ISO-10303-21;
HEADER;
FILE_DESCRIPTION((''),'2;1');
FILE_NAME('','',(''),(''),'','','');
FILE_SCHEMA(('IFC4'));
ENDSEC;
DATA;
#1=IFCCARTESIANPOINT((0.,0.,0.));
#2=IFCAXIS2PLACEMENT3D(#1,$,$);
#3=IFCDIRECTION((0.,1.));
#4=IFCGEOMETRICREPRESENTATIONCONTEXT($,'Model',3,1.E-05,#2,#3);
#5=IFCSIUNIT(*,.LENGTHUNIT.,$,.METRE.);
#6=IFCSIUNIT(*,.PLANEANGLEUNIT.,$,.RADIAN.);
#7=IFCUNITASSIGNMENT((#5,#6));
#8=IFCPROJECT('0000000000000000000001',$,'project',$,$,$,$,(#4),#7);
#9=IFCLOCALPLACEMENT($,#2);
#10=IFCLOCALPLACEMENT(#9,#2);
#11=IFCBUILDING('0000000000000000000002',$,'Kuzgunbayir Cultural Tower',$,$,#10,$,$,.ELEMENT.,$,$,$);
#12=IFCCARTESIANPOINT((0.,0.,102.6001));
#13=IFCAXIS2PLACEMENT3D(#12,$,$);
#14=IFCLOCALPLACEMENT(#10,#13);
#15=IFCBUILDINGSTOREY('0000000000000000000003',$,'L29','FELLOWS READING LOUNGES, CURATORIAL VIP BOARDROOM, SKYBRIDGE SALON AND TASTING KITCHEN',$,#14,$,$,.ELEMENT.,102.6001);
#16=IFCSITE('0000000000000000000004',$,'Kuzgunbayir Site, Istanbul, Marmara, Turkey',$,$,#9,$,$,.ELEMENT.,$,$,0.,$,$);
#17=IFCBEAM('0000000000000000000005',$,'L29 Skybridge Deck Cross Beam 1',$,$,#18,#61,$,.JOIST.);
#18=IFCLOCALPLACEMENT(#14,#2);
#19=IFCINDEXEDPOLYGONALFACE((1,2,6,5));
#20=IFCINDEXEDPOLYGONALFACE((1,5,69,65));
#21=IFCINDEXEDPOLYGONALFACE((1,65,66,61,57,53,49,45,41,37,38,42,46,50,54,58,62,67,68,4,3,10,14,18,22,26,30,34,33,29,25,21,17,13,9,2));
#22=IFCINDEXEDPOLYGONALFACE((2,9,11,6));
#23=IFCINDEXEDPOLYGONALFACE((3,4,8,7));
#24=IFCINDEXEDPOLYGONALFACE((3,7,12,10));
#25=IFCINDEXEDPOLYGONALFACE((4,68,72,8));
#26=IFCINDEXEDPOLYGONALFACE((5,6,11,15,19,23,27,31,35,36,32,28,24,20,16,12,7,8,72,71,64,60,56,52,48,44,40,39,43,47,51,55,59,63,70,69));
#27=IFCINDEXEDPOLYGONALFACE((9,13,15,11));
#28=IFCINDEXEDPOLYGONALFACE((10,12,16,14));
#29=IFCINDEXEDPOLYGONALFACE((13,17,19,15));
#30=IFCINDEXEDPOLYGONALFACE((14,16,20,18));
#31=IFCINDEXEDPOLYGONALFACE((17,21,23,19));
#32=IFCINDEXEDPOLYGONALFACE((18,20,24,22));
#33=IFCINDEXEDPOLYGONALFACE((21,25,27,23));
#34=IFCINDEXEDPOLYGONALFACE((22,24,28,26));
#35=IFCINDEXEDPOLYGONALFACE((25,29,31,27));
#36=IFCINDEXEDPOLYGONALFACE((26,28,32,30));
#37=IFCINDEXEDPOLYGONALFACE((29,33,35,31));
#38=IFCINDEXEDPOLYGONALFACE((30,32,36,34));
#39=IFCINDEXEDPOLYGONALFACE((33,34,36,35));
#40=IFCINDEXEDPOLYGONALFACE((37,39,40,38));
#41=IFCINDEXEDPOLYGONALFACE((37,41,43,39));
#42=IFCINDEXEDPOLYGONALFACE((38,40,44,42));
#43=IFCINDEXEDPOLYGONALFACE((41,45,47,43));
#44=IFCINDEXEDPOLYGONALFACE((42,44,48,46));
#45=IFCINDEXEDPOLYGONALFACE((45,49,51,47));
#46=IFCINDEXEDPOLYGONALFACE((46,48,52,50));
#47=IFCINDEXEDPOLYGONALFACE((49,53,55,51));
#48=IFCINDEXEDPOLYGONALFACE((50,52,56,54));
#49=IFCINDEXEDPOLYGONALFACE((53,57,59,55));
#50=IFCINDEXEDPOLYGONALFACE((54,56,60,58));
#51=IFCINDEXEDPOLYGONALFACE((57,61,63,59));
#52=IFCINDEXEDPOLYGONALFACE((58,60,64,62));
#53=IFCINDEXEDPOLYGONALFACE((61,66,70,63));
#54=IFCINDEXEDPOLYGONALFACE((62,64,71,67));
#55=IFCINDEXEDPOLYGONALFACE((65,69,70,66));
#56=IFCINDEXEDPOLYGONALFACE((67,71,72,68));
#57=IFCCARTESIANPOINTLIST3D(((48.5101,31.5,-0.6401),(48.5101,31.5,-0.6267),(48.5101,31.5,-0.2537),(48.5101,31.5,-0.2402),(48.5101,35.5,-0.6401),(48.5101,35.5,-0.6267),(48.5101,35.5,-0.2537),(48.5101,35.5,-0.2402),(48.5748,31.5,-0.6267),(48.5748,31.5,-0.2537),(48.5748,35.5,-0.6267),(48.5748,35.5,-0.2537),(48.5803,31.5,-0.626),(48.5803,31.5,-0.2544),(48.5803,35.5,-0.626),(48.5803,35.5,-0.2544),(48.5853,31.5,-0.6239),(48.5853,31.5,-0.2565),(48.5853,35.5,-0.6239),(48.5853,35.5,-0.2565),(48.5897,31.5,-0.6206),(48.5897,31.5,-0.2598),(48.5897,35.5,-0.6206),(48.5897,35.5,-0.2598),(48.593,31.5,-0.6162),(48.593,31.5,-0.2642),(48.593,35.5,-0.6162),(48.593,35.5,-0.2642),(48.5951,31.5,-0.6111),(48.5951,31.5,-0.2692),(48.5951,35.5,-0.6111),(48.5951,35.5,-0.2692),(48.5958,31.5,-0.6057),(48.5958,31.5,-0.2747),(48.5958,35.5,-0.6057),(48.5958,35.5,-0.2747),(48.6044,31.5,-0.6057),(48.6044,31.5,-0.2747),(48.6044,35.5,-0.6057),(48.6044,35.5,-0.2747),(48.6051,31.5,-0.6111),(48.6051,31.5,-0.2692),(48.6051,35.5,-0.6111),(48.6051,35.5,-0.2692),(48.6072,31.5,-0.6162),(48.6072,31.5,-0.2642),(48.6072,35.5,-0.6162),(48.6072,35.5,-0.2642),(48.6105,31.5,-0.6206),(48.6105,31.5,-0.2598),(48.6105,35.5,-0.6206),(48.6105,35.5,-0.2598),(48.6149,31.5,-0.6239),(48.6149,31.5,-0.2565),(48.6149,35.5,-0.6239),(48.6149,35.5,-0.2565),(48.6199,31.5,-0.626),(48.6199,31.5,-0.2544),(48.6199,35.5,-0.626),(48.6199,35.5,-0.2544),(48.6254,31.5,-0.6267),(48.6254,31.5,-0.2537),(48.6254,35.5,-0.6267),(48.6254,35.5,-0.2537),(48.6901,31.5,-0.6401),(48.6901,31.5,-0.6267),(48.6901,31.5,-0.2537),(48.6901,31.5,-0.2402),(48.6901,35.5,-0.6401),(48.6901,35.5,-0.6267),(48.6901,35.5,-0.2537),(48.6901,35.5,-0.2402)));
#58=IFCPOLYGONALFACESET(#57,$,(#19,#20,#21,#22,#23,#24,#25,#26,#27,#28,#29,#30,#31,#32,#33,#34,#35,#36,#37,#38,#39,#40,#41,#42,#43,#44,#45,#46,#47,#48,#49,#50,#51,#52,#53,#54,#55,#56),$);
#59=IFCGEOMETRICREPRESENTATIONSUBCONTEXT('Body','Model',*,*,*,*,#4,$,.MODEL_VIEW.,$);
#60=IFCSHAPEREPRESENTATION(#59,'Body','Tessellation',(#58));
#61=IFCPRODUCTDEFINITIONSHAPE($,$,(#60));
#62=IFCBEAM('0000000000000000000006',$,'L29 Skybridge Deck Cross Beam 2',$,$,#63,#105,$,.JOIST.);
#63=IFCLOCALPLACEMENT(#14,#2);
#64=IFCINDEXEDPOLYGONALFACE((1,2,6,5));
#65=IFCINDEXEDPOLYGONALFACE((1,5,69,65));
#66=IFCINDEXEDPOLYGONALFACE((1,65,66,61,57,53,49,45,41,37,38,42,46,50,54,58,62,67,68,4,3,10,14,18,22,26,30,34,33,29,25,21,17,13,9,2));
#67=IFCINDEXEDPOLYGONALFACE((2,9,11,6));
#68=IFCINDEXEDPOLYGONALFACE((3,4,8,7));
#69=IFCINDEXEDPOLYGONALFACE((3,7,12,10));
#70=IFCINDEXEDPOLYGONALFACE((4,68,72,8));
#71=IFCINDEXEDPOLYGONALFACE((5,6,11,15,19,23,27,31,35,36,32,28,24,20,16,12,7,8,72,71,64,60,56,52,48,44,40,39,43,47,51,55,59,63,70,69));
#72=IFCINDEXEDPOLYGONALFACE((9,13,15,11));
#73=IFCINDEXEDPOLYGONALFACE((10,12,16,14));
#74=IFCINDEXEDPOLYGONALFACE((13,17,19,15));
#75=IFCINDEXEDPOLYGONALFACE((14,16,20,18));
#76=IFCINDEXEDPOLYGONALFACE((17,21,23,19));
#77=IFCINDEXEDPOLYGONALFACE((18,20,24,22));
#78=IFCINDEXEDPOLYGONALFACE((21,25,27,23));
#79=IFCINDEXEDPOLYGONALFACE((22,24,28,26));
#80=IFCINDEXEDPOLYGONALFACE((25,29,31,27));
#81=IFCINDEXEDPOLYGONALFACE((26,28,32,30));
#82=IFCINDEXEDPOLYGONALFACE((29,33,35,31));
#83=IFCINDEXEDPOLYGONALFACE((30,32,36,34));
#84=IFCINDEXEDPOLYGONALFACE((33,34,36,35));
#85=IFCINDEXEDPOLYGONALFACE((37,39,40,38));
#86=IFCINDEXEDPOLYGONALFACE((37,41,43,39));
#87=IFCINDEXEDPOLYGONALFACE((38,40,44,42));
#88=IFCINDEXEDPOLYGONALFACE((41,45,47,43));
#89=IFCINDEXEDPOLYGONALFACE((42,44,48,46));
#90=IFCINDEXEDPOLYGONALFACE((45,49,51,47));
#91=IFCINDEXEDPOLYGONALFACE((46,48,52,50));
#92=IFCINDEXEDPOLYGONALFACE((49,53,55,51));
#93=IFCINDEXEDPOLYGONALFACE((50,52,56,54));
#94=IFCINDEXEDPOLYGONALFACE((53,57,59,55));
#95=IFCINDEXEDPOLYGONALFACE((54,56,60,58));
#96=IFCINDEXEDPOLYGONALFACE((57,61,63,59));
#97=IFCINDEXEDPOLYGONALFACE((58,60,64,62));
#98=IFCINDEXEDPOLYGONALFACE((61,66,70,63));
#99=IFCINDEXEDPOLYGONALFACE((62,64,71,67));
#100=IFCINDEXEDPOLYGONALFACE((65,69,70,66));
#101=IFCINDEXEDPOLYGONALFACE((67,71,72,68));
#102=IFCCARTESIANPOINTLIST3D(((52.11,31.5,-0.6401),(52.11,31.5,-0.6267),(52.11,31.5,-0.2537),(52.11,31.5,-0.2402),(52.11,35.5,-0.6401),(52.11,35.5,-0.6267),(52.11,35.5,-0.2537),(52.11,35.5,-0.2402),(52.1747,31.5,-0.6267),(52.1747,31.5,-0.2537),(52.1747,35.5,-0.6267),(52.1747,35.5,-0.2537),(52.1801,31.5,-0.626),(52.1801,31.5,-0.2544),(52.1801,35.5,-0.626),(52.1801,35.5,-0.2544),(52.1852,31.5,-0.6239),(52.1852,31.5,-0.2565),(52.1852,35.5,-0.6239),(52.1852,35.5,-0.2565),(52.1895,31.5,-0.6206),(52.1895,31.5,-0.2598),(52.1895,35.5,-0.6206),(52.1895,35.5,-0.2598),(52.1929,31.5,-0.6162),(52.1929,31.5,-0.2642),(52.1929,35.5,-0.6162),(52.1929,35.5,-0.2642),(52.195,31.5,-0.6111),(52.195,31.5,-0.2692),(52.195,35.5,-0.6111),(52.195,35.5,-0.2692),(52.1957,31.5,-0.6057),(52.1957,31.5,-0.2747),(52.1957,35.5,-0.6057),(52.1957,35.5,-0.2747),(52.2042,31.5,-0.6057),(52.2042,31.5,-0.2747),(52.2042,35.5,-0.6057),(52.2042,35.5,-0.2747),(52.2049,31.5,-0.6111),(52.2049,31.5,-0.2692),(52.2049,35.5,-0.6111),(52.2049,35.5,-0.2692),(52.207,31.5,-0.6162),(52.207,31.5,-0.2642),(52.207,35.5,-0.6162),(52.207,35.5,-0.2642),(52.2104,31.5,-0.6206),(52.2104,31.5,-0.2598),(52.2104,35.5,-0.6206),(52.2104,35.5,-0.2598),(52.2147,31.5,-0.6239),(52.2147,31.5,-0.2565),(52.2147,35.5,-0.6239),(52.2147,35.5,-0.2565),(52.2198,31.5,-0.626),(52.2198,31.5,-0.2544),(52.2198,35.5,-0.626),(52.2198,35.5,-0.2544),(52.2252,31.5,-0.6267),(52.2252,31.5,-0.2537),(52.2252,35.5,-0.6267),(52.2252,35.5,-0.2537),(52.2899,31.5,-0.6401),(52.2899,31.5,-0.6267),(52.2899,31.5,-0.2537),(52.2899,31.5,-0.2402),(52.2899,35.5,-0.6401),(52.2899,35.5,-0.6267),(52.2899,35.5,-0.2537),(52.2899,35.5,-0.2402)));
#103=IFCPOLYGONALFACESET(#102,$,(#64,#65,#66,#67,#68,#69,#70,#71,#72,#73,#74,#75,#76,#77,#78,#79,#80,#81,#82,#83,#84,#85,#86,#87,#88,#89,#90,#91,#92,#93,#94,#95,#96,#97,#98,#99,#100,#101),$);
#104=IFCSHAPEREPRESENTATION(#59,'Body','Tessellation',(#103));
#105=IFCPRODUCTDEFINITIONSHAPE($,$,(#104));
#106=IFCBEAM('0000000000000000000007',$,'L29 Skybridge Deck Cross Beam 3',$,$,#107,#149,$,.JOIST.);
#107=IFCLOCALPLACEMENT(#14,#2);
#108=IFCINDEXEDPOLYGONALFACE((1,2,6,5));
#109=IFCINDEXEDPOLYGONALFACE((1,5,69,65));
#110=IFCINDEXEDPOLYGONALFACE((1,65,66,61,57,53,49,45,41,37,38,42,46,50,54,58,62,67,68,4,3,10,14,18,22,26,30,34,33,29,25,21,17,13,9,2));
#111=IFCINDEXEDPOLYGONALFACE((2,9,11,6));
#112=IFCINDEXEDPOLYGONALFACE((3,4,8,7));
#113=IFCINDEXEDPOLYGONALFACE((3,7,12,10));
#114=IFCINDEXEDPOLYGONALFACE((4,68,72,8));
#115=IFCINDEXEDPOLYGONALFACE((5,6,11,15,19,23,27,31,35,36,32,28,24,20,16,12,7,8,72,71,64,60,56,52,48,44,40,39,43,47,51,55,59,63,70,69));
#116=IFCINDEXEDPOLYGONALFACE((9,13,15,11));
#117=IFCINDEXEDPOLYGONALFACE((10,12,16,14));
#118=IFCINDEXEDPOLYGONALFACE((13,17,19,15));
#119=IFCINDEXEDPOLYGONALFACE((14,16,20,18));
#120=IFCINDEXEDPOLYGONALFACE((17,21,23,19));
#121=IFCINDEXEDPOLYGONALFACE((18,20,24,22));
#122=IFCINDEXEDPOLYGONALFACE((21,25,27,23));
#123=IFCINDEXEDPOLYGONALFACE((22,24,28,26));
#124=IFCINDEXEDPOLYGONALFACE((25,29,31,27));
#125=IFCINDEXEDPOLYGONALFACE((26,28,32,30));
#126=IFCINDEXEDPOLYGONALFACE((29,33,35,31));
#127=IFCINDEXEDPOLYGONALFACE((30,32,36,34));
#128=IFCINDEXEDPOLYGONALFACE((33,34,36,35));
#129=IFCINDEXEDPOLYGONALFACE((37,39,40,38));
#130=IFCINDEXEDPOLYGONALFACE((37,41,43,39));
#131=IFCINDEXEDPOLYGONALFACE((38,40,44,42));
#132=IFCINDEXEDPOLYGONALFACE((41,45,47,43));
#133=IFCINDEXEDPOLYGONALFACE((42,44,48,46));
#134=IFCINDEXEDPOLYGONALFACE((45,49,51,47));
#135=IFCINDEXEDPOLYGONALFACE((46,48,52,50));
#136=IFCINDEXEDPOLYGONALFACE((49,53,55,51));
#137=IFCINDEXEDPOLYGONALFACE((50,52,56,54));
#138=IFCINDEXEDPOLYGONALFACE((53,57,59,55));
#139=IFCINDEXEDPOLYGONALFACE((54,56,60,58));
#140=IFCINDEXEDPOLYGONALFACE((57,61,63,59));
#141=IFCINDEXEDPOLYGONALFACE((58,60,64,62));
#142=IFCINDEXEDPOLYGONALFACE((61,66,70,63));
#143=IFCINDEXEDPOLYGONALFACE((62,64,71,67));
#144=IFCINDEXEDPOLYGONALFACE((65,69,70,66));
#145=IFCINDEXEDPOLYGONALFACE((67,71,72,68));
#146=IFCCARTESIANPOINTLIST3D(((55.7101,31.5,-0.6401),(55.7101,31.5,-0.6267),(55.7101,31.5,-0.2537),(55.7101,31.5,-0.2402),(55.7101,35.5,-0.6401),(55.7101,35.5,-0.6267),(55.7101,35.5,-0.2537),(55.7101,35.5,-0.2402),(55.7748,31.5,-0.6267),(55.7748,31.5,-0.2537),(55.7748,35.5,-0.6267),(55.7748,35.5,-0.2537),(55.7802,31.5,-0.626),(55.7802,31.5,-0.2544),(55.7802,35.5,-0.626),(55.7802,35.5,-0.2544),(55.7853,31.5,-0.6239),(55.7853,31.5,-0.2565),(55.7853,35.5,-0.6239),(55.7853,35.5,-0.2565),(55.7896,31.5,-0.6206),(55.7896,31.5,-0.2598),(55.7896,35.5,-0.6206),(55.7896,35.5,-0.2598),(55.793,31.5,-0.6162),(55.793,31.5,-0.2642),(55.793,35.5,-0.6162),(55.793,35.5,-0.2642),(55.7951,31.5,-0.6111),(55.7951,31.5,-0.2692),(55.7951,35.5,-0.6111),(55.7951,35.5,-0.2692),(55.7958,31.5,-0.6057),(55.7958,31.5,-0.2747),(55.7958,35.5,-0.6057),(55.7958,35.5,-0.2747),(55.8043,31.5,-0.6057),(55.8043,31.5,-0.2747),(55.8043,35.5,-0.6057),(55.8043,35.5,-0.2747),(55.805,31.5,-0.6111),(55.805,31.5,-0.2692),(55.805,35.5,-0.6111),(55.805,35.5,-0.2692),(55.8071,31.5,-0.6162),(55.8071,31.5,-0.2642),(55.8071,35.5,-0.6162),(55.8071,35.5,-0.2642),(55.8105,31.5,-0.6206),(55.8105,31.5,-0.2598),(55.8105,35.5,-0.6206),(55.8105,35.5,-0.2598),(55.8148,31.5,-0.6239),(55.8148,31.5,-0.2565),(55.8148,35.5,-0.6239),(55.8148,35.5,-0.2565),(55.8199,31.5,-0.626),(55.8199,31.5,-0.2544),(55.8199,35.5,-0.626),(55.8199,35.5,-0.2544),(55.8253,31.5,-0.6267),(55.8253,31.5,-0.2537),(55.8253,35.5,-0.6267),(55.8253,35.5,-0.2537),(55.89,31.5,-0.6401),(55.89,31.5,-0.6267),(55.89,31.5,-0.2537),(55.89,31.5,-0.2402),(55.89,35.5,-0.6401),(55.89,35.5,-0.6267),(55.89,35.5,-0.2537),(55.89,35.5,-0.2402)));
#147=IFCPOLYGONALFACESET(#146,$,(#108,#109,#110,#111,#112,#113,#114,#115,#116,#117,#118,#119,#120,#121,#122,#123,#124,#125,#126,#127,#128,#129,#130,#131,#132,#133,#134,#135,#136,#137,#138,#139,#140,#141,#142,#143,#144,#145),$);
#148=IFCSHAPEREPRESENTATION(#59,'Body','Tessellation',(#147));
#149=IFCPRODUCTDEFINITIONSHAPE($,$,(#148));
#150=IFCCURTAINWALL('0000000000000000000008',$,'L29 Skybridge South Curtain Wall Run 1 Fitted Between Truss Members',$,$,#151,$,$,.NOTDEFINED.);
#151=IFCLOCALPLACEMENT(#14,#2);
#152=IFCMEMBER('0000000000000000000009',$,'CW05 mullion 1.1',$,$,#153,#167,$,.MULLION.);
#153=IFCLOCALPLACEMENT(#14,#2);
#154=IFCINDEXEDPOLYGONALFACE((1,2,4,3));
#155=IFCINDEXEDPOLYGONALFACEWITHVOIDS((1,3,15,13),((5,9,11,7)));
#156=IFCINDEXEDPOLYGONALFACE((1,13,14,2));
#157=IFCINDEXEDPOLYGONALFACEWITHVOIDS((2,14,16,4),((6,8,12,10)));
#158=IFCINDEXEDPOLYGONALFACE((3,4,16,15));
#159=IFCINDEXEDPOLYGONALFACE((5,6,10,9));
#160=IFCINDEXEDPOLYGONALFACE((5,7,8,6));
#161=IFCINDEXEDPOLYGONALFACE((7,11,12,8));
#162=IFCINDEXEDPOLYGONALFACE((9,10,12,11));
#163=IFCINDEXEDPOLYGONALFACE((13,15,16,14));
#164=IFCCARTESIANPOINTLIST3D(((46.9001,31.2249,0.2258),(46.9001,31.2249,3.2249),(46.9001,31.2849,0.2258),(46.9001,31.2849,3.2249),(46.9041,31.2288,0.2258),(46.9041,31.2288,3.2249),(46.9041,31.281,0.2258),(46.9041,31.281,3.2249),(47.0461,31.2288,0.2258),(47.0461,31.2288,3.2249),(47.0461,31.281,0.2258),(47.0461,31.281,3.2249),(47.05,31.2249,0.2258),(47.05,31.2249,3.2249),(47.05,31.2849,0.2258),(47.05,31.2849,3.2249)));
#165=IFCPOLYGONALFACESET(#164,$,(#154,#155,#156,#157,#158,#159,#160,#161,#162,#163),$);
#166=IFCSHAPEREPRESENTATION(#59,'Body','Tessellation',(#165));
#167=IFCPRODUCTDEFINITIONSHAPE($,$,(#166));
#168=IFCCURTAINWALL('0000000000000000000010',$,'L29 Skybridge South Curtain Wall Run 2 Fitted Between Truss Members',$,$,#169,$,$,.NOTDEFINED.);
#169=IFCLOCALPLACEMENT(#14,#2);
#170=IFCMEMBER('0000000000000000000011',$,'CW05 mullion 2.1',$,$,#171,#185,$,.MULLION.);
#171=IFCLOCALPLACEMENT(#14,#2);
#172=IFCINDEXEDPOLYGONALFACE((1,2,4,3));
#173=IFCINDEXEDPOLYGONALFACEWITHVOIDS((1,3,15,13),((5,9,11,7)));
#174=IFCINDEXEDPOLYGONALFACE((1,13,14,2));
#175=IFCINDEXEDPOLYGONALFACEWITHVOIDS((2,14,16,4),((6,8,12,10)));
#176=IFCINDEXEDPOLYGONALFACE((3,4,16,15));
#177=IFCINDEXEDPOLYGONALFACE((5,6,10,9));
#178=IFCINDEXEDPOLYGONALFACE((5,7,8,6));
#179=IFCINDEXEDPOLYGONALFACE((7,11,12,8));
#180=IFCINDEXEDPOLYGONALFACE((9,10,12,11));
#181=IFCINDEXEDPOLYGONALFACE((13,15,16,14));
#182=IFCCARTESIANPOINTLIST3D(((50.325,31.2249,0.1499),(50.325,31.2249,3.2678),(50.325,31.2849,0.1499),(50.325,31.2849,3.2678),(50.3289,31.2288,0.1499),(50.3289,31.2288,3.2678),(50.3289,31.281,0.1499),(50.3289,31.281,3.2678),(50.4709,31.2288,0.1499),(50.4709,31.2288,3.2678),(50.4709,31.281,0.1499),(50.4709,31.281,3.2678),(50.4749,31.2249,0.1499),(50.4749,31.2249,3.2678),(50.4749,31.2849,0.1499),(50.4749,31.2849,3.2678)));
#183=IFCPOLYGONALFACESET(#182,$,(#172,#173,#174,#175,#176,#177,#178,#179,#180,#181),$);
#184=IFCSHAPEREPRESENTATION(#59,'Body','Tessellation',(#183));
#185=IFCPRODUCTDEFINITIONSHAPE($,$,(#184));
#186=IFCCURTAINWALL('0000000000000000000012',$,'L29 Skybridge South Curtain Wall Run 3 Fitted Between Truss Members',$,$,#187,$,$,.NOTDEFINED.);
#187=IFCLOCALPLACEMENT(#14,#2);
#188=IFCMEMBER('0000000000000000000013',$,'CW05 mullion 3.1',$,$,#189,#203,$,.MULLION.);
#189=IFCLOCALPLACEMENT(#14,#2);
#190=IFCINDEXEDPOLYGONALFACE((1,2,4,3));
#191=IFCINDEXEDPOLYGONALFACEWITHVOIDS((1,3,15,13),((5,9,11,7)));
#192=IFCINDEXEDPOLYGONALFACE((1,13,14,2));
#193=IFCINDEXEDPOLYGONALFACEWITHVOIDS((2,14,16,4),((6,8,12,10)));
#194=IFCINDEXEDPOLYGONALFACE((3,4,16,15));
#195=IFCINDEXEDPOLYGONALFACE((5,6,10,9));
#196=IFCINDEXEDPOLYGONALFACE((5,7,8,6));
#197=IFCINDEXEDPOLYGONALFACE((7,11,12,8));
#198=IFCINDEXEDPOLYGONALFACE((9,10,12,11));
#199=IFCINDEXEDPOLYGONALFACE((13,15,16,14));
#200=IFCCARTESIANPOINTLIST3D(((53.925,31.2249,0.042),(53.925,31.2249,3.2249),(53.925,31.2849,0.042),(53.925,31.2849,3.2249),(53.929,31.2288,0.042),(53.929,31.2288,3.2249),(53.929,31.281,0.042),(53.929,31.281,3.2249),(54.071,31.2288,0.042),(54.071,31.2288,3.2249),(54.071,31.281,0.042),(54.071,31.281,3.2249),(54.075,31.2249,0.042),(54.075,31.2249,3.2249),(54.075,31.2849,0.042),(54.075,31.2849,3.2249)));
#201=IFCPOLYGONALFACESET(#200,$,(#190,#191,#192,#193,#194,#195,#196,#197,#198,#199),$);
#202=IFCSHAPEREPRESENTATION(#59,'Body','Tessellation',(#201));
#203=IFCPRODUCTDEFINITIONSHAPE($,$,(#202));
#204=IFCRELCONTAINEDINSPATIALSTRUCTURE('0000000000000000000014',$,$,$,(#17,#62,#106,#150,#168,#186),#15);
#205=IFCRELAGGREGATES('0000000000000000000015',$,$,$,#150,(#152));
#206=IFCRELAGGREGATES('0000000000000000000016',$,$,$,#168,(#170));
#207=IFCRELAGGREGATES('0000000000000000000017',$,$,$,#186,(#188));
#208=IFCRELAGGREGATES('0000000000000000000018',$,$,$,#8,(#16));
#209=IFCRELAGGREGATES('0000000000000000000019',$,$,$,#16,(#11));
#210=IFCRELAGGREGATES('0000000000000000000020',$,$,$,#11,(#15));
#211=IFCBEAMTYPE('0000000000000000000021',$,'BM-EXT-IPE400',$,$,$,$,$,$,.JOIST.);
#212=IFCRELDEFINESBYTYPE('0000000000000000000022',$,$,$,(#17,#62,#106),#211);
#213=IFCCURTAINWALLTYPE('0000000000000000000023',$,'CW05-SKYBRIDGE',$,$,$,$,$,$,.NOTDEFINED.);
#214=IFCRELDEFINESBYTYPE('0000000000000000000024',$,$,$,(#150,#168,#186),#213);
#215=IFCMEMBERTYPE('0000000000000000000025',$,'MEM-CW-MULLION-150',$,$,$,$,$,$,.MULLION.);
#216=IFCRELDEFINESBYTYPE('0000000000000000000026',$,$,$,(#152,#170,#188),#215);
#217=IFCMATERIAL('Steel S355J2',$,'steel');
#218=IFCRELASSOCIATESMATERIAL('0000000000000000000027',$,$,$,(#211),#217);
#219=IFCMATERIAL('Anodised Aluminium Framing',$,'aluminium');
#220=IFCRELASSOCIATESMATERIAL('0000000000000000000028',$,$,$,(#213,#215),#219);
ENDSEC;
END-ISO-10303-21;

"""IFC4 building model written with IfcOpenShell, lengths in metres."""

from ifc_helpers import new_model, si_unit, direction, frame, origin, origin_2d, place, context, subcontext, project, spatial, hollow_rectangle, i_section, extrude, material, material_profile, profile_set, type_object, element, aggregate, save


model = new_model("IFC4")

# Units and contexts
model_context = context("Model", 3, precision=1e-05, world=origin(), true_north=direction((0.0, 1.0)))
body_context = subcontext(model_context, "Body", "Model", "MODEL_VIEW")
ifc_project = project(units=[si_unit("LENGTHUNIT", "METRE"), si_unit("PLANEANGLEUNIT", "RADIAN")], contexts=[model_context])

# Site, building, storey
site_placement = place(None, origin())
site = spatial("IfcSite", under=ifc_project, at=site_placement, Name="Kuzgunbayir Site, Istanbul, Marmara, Turkey", CompositionType="ELEMENT", RefElevation=0.0)
building_placement = place(site_placement, origin())
building = spatial("IfcBuilding", under=site, at=building_placement, Name="Kuzgunbayir Cultural Tower", CompositionType="ELEMENT")
storey_placement = place(building_placement, frame((0.0, 0.0, 102.6001)))
storey = spatial("IfcBuildingStorey", under=building, at=storey_placement, Name="L29", Description="FELLOWS READING LOUNGES, CURATORIAL VIP BOARDROOM, SKYBRIDGE SALON AND TASTING KITCHEN", CompositionType="ELEMENT", Elevation=102.6001)

# Beams
ifc_material_1 = material(Name="Steel S355J2", Category="steel")
ifc_material_profile_1 = material_profile(ifc_material_1, i_section(OverallWidth=0.1799, OverallDepth=0.3999, WebThickness=0.0085, FlangeThickness=0.0134, FilletRadius=0.021, at=origin_2d()), Name="IPE 400")
ifc_profile_set_1 = profile_set([ifc_material_profile_1], Name="Steel S355J2")
beam_type = type_object("IfcBeamType", Name="BM-EXT-IPE400", PredefinedType="JOIST", material=ifc_profile_set_1)
for number, where, z_axis, x_axis, name in (
    (1, (48.6001, 31.5, -0.4402), (0.0, 1.0, 0.0), (-1.0, 0.0, 0.0), "L29 Skybridge Deck Cross Beam 1"),
    (2, (52.2, 31.5, -0.4402), (0.0, 1.0, 0.0), (-1.0, 0.0, 0.0), "L29 Skybridge Deck Cross Beam 2"),
    (3, (55.8, 31.5, -0.4402), (0.0, 1.0, 0.0), (-1.0, 0.0, 0.0), "L29 Skybridge Deck Cross Beam 3"),
):
    element("IfcBeam", number, at=place(storey_placement, frame(where, z_axis=z_axis, x_axis=x_axis)), inside=storey, type_object=beam_type, Name=name, PredefinedType="JOIST", context=body_context, shape_type="SweptSolid", body=[
        extrude(i_section(OverallWidth=0.1799, OverallDepth=0.3999, WebThickness=0.0085, FlangeThickness=0.0134, FilletRadius=0.021, at=origin_2d()), origin(), (0.0, 0.0, 1.0), 4.0),
    ])

# Curtain walls, members
ifc_material_2 = material(Name="Anodised Aluminium Framing", Category="aluminium")
curtain_wall_type = type_object("IfcCurtainWallType", Name="CW05-SKYBRIDGE", PredefinedType="NOTDEFINED", material=ifc_material_2)
curtain_wall_1_placement = place(storey_placement, origin())
curtain_wall_1 = element("IfcCurtainWall", 4, at=curtain_wall_1_placement, inside=storey, type_object=curtain_wall_type, Name="L29 Skybridge South Curtain Wall Run 1 Fitted Between Truss Members", PredefinedType="NOTDEFINED")
ifc_material_profile_2 = material_profile(ifc_material_2, hollow_rectangle(XDim=0.0601, YDim=0.1499, WallThickness=0.0039, at=origin_2d()), Name="RHS 150x60x4")
ifc_profile_set_2 = profile_set([ifc_material_profile_2], Name="Anodised Aluminium Framing")
member_type_1 = type_object("IfcMemberType", Name="MEM-CW-MULLION-150", PredefinedType="MULLION", material=ifc_profile_set_2)
member_1_placement = place(storey_placement, frame((46.9751, 31.2549, 0.2258), z_axis=(0.0, 0.0, 1.0), x_axis=(0.0, 1.0, 0.0)))
member_1 = element("IfcMember", 5, at=member_1_placement, type_object=member_type_1, Name="CW05 mullion 1.1", PredefinedType="MULLION", context=body_context, shape_type="SweptSolid", body=[
    extrude(hollow_rectangle(XDim=0.0601, YDim=0.1499, WallThickness=0.0039, at=origin_2d()), origin(), (0.0, 0.0, 1.0), 2.999),
])
curtain_wall_2_placement = place(storey_placement, origin())
curtain_wall_2 = element("IfcCurtainWall", 6, at=curtain_wall_2_placement, inside=storey, type_object=curtain_wall_type, Name="L29 Skybridge South Curtain Wall Run 2 Fitted Between Truss Members", PredefinedType="NOTDEFINED")
member_2_placement = place(storey_placement, frame((50.3999, 31.2549, 0.1499), z_axis=(0.0, 0.0, 1.0), x_axis=(0.0, 1.0, 0.0)))
member_2 = element("IfcMember", 7, at=member_2_placement, type_object=member_type_1, Name="CW05 mullion 2.1", PredefinedType="MULLION", context=body_context, shape_type="SweptSolid", body=[
    extrude(hollow_rectangle(XDim=0.0601, YDim=0.1499, WallThickness=0.0039, at=origin_2d()), origin(), (0.0, 0.0, 1.0), 3.1179),
])
curtain_wall_3_placement = place(storey_placement, origin())
curtain_wall_3 = element("IfcCurtainWall", 8, at=curtain_wall_3_placement, inside=storey, type_object=curtain_wall_type, Name="L29 Skybridge South Curtain Wall Run 3 Fitted Between Truss Members", PredefinedType="NOTDEFINED")
member_3_placement = place(storey_placement, frame((54.0, 31.2549, 0.042), z_axis=(0.0, 0.0, 1.0), x_axis=(0.0, 1.0, 0.0)))
member_3 = element("IfcMember", 9, at=member_3_placement, type_object=member_type_1, Name="CW05 mullion 3.1", PredefinedType="MULLION", context=body_context, shape_type="SweptSolid", body=[
    extrude(hollow_rectangle(XDim=0.0601, YDim=0.1499, WallThickness=0.0039, at=origin_2d()), origin(), (0.0, 0.0, 1.0), 3.1829),
])

aggregate(curtain_wall_1, [member_1])
aggregate(curtain_wall_2, [member_2])
aggregate(curtain_wall_3, [member_3])

save(model, "model.ifc")
